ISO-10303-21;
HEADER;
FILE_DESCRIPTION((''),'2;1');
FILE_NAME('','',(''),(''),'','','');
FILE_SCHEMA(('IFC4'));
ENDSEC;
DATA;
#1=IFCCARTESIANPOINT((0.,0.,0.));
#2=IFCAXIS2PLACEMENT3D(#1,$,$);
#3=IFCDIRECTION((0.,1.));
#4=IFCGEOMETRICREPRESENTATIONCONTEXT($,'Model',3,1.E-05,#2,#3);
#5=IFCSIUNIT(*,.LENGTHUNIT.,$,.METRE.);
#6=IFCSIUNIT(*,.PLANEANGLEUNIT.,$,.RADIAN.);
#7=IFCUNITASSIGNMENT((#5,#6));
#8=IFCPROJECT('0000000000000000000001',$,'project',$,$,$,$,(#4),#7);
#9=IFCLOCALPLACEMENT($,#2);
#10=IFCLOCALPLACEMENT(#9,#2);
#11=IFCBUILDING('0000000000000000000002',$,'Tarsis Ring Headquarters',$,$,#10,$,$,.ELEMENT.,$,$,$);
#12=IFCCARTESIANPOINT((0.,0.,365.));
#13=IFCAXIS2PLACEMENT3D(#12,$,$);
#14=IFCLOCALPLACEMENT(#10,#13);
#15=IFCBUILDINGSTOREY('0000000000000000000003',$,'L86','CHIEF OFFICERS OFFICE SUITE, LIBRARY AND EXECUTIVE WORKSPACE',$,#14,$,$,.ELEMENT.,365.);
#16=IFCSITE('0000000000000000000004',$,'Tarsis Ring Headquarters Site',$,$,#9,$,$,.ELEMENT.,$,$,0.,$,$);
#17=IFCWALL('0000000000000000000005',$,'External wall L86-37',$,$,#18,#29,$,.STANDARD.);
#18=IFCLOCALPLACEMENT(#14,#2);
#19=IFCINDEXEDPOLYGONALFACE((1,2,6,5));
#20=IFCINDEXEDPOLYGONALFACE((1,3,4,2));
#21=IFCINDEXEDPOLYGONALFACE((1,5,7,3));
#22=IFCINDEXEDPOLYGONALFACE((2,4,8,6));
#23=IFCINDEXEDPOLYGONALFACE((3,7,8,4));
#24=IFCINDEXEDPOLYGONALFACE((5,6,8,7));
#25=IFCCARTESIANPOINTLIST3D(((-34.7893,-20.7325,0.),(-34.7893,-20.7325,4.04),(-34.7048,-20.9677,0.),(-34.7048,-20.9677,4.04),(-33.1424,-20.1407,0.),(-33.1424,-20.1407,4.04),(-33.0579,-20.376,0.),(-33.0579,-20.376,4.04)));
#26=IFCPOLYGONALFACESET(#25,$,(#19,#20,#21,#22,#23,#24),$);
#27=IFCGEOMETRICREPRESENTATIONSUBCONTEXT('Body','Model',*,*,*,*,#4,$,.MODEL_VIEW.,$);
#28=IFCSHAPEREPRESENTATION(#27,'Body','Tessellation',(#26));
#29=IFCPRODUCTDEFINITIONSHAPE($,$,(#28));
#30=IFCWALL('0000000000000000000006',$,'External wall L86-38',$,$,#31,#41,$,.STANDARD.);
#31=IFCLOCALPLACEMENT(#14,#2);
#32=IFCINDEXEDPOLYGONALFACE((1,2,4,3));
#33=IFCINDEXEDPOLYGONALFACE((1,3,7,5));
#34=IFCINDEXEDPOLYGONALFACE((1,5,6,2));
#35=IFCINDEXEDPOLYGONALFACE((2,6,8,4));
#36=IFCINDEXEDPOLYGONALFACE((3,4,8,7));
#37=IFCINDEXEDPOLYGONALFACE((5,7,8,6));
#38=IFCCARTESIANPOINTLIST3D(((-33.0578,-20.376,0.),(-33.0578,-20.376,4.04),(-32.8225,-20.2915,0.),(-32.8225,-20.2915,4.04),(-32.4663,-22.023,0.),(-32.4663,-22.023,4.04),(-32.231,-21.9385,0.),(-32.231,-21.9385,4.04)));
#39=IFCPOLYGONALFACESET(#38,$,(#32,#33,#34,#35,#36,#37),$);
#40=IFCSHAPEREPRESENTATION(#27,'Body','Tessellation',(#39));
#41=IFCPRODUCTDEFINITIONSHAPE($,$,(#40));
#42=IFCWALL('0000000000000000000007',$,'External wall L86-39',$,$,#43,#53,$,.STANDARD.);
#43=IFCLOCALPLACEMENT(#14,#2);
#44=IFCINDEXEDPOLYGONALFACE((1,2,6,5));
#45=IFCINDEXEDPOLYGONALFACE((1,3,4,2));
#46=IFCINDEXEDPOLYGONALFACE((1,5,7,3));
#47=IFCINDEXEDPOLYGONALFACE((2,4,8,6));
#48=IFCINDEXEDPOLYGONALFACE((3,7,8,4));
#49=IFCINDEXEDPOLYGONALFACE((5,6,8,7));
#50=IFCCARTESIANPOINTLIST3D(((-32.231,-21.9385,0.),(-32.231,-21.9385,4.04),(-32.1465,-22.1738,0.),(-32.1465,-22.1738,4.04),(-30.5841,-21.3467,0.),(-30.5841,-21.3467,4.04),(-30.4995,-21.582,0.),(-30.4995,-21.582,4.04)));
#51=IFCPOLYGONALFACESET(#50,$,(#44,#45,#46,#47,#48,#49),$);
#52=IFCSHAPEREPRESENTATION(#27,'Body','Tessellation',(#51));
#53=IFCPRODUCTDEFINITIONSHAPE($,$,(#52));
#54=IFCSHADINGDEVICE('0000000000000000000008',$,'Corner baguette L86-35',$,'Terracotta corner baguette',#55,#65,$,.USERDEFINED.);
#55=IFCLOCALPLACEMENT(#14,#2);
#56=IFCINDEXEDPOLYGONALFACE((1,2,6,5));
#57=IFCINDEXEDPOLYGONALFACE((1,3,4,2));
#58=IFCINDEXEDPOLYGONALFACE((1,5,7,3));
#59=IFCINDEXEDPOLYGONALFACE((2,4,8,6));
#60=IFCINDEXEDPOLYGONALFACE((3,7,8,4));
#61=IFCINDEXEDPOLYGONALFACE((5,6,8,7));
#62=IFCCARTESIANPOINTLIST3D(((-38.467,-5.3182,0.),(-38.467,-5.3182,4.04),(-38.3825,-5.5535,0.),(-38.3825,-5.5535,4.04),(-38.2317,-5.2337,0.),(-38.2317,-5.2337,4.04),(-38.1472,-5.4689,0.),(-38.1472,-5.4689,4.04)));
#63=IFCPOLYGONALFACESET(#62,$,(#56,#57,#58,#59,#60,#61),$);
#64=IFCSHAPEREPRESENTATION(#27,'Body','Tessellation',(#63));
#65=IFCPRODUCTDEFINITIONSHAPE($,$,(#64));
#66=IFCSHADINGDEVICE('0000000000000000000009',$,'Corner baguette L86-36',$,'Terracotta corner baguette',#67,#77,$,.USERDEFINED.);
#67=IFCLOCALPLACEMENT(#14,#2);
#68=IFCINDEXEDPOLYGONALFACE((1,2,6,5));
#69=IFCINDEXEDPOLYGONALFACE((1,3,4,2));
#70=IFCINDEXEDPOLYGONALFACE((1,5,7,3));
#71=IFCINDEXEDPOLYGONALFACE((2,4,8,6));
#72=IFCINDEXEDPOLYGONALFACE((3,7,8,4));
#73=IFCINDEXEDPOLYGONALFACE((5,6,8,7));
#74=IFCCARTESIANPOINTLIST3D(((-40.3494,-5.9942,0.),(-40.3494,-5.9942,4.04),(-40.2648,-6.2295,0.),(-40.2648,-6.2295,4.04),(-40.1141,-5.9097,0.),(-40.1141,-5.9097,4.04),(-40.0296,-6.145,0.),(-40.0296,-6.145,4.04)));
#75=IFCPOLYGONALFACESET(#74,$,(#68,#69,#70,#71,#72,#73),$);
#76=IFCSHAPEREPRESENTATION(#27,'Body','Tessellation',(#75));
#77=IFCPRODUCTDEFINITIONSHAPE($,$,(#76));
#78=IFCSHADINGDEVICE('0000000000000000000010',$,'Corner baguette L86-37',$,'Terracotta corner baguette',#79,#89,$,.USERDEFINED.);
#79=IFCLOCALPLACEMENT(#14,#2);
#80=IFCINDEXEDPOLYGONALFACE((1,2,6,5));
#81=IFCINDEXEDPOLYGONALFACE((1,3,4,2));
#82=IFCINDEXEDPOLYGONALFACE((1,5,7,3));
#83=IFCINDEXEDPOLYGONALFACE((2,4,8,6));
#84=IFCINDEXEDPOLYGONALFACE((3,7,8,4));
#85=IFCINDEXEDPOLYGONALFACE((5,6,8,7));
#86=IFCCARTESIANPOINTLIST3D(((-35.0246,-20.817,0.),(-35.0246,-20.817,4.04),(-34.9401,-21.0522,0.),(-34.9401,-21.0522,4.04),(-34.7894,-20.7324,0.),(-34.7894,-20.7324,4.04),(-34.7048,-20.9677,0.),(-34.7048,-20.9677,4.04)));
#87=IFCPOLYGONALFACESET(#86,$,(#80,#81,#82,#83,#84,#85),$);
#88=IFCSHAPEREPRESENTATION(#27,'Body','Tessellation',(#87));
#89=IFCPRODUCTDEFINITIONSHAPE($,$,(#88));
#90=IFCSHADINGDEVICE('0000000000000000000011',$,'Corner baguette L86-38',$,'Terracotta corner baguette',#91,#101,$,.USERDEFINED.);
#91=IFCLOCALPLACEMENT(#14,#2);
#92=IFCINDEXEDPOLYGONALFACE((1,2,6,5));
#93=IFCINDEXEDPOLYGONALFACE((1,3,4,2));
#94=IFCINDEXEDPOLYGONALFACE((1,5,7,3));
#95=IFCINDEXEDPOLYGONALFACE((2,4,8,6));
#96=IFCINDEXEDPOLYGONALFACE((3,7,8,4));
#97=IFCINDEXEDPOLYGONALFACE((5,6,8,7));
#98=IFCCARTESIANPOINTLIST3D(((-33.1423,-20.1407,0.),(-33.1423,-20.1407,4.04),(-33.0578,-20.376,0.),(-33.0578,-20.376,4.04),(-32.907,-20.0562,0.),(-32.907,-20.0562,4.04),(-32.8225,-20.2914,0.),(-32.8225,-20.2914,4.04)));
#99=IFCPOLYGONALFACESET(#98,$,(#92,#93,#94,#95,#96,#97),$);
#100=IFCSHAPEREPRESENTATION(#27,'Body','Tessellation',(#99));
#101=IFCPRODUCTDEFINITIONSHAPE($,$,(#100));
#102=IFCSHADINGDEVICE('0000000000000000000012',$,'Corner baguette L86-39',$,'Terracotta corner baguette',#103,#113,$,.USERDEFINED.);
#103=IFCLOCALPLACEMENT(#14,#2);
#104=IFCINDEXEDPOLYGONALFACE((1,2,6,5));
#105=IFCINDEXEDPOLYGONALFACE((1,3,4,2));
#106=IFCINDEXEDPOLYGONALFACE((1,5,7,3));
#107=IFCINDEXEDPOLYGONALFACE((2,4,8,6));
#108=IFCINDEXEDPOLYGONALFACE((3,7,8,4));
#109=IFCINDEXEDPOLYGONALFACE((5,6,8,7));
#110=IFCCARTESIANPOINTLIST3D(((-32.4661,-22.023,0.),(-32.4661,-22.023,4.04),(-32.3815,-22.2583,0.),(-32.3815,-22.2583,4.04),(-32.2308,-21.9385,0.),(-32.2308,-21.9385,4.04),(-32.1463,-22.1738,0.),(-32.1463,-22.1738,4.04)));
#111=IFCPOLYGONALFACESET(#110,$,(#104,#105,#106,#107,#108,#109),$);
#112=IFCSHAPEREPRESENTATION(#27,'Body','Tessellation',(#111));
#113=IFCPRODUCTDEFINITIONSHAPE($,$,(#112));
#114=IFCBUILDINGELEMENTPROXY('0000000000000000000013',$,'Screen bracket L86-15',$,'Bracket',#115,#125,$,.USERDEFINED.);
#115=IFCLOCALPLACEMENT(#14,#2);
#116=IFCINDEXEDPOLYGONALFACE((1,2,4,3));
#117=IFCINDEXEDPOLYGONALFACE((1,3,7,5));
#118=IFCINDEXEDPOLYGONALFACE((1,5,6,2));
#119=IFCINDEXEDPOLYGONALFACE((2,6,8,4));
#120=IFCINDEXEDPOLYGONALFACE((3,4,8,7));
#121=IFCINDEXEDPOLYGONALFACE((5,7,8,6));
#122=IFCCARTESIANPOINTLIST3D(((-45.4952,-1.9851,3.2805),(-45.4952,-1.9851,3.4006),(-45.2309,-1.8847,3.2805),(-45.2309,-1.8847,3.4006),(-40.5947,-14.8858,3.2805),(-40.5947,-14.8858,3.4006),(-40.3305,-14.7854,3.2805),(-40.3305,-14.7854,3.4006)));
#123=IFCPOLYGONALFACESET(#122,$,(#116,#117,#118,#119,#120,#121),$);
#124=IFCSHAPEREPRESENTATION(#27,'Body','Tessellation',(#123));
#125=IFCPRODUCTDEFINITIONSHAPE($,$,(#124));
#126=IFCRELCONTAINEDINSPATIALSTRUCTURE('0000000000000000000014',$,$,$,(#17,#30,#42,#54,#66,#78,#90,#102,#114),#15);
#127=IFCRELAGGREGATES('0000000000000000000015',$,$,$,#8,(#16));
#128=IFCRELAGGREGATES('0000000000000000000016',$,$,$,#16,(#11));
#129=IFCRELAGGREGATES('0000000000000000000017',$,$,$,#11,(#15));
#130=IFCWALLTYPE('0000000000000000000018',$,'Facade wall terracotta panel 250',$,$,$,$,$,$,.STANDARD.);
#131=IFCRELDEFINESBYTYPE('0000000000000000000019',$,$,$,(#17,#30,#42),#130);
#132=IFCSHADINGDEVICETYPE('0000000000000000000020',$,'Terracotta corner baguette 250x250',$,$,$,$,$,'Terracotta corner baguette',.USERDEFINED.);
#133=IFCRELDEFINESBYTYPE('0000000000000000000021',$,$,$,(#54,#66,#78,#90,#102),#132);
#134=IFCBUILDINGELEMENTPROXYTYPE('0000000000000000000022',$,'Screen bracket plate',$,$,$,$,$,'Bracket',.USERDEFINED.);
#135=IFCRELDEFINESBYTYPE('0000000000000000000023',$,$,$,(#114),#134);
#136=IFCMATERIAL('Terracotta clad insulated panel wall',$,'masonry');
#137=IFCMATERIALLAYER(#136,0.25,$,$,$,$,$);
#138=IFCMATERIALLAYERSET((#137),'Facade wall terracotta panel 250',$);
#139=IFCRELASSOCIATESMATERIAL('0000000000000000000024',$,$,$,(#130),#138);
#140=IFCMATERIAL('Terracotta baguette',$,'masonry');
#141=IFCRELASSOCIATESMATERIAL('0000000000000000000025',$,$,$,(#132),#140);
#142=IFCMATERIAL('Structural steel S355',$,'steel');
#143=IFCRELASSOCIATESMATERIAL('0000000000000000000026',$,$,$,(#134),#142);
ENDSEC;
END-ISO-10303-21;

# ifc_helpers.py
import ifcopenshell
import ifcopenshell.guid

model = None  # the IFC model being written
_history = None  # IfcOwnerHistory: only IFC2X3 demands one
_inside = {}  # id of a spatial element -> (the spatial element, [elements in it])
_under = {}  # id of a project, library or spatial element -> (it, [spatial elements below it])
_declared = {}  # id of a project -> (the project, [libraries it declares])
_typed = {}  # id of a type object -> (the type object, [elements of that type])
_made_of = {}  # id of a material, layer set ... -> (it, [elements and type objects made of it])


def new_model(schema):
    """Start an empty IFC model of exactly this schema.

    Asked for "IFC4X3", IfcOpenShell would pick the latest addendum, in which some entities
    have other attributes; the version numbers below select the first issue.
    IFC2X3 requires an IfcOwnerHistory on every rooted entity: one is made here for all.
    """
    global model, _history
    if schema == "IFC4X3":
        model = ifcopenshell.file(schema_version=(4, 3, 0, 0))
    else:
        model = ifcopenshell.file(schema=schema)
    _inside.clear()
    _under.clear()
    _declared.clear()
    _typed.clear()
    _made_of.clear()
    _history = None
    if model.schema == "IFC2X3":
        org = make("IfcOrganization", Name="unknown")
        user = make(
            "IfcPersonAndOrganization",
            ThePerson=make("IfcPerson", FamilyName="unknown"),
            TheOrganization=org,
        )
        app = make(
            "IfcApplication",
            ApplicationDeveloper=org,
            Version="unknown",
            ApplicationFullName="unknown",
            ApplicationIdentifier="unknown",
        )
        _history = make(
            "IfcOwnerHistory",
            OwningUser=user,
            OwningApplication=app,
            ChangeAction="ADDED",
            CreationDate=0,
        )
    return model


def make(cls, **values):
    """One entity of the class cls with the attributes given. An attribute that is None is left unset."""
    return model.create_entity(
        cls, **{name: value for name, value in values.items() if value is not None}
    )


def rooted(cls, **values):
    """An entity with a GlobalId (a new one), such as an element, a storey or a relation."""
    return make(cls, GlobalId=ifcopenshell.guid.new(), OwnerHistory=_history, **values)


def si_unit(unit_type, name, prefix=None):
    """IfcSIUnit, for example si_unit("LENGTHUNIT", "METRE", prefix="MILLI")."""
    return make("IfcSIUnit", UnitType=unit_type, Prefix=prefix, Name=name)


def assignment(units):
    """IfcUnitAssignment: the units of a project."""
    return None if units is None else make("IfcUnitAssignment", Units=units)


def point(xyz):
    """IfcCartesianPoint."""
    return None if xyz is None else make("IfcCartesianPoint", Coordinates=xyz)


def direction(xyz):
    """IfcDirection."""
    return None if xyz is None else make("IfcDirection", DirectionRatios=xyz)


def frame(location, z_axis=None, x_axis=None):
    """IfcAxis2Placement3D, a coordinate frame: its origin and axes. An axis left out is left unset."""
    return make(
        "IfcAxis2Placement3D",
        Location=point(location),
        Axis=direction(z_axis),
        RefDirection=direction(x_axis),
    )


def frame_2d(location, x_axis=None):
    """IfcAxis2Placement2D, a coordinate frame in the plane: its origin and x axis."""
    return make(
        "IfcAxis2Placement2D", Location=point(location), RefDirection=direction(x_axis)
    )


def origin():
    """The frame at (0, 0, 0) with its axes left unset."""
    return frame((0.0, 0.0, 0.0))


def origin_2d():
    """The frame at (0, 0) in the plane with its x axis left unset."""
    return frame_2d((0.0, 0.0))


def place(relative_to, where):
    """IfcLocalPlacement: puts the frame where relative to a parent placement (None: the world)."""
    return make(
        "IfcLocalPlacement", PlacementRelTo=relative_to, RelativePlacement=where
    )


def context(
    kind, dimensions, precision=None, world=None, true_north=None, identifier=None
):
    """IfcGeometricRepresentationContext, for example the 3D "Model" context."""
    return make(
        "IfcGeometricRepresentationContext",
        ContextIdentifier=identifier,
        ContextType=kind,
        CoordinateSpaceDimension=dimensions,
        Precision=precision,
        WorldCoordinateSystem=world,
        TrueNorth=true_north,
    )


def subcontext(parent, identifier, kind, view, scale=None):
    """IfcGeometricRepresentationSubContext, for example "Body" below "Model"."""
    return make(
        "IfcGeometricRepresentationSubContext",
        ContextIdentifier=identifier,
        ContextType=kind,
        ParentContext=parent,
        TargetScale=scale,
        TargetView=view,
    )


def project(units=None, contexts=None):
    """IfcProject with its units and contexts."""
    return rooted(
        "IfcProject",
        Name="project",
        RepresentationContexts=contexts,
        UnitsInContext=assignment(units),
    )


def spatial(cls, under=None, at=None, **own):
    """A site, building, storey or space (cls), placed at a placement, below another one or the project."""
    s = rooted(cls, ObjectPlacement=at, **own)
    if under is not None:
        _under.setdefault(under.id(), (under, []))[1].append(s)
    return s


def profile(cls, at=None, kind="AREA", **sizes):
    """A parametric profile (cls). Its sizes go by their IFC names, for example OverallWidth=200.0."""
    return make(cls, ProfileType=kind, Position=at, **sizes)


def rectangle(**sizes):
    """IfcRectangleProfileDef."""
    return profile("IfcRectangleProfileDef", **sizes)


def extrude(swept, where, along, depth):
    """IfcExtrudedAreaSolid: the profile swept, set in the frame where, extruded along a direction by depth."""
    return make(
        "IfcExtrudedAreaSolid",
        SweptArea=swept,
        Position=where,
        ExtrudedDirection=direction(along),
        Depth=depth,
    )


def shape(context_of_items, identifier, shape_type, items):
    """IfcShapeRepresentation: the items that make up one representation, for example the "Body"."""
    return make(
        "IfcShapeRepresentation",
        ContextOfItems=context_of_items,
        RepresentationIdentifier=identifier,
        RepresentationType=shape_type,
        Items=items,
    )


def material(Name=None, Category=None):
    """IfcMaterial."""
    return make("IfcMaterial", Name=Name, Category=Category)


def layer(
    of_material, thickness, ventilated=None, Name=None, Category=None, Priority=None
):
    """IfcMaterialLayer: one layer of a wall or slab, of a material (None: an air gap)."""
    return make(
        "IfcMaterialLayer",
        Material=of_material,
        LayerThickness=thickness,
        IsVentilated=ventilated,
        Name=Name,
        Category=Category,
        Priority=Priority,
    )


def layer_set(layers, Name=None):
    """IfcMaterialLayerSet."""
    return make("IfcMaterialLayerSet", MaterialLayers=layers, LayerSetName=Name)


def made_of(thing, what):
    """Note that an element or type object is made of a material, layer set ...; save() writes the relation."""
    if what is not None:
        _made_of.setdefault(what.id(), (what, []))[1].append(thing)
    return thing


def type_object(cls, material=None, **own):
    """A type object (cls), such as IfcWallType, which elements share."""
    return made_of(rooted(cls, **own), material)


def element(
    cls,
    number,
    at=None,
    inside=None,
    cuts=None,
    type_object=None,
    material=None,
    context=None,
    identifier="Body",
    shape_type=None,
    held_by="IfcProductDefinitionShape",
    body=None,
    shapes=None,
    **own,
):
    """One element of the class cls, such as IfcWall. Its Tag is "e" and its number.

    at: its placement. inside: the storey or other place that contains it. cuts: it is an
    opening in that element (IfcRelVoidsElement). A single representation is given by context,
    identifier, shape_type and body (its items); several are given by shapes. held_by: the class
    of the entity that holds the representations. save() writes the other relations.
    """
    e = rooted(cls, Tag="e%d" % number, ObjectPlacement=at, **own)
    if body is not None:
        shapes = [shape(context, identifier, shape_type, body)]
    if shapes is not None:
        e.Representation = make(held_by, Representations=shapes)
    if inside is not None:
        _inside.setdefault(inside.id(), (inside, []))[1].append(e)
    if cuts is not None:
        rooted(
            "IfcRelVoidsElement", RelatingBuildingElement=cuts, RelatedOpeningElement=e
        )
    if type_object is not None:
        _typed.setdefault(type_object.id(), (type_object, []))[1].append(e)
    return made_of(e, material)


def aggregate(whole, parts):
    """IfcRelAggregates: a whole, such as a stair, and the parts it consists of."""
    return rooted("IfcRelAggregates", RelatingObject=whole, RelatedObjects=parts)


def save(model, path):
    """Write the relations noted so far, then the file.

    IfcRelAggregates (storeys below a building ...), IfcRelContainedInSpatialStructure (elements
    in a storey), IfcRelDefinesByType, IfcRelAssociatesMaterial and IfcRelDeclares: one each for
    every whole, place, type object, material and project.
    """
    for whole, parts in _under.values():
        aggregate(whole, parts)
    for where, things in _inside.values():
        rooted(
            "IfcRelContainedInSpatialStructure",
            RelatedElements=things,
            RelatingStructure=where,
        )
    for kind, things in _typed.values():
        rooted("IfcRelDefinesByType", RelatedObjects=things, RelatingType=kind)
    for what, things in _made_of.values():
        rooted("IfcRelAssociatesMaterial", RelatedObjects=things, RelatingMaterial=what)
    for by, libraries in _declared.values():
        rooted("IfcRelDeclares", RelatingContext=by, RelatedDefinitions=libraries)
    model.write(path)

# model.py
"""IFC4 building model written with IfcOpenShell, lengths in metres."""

from ifc_helpers import new_model, si_unit, direction, frame, frame_2d, origin, origin_2d, place, context, subcontext, project, spatial, rectangle, extrude, material, layer, layer_set, type_object, element, save


model = new_model("IFC4")

# Units and contexts
model_context = context("Model", 3, precision=1e-05, world=origin(), true_north=direction((0.0, 1.0)))
body_context = subcontext(model_context, "Body", "Model", "MODEL_VIEW")
ifc_project = project(units=[si_unit("LENGTHUNIT", "METRE"), si_unit("PLANEANGLEUNIT", "RADIAN")], contexts=[model_context])

# Site, building, storey
site_placement = place(None, origin())
site = spatial("IfcSite", under=ifc_project, at=site_placement, Name="Tarsis Ring Headquarters Site", CompositionType="ELEMENT", RefElevation=0.0)
building_placement = place(site_placement, origin())
building = spatial("IfcBuilding", under=site, at=building_placement, Name="Tarsis Ring Headquarters", CompositionType="ELEMENT")
storey_placement = place(building_placement, frame((0.0, 0.0, 365.0)))
storey = spatial("IfcBuildingStorey", under=building, at=storey_placement, Name="L86", Description="CHIEF OFFICERS OFFICE SUITE, LIBRARY AND EXECUTIVE WORKSPACE", CompositionType="ELEMENT", Elevation=365.0)

# Shared definitions
ifc_material_1 = material(Name="Structural steel S355", Category="steel")

# Walls
ifc_material_2 = material(Name="Terracotta clad insulated panel wall", Category="masonry")
ifc_layer_1 = layer(ifc_material_2, 0.25)
ifc_layer_set_1 = layer_set([ifc_layer_1], Name="Facade wall terracotta panel 250")
wall_type_1 = type_object("IfcWallType", Name="Facade wall terracotta panel 250", PredefinedType="STANDARD", material=ifc_layer_set_1)
for number, where, z_axis, x_axis, name in (
    (1, (-34.7471, -20.8501, 0.0), (0.0, 0.0, 1.0), (0.94109, 0.338156, 0.0), "External wall L86-37"),
    (2, (-32.9402, -20.3337, 0.0), (0.0, 0.0, 1.0), (0.338033, -0.941134, 0.0), "External wall L86-38"),
    (3, (-32.1887, -22.0562, 0.0), (0.0, 0.0, 1.0), (0.94109, 0.338156, 0.0), "External wall L86-39"),
):
    element("IfcWall", number, at=place(storey_placement, frame(where, z_axis=z_axis, x_axis=x_axis)), inside=storey, type_object=wall_type_1, Name=name, PredefinedType="STANDARD", context=body_context, shape_type="SweptSolid", body=[
        extrude(rectangle(XDim=1.75, YDim=0.25, at=frame_2d((0.875, 0.0))), origin(), (0.0, 0.0, 1.0), 4.04),
    ])

# Shading devices
ifc_material_3 = material(Name="Terracotta baguette", Category="masonry")
shading_device_type_1 = type_object("IfcShadingDeviceType", Name="Terracotta corner baguette 250x250", ElementType="Terracotta corner baguette", PredefinedType="USERDEFINED", material=ifc_material_3)
for number, where, z_axis, x_axis, name in (
    (4, (-38.3071, -5.3936, 0.0), (0.0, 0.0, 1.0), (0.338081, -0.941117, 0.0), "Corner baguette L86-35"),
    (5, (-40.1895, -6.0696, 0.0), (0.0, 0.0, 1.0), (-0.941117, -0.338081, 0.0), "Corner baguette L86-36"),
    (6, (-34.8647, -20.8923, 0.0), (0.0, 0.0, 1.0), (0.338081, -0.941117, 0.0), "Corner baguette L86-37"),
    (7, (-32.9824, -20.2161, 0.0), (0.0, 0.0, 1.0), (0.941117, 0.338081, 0.0), "Corner baguette L86-38"),
    (8, (-32.3062, -22.0984, 0.0), (0.0, 0.0, 1.0), (0.338081, -0.941117, 0.0), "Corner baguette L86-39"),
):
    element("IfcShadingDevice", number, at=place(storey_placement, frame(where, z_axis=z_axis, x_axis=x_axis)), inside=storey, type_object=shading_device_type_1, Name=name, ObjectType="Terracotta corner baguette", PredefinedType="USERDEFINED", context=body_context, shape_type="SweptSolid", body=[
        extrude(rectangle(XDim=0.25, YDim=0.25, at=origin_2d()), origin(), (0.0, 0.0, 1.0), 4.04),
    ])

# Building element proxy
building_element_proxy_type = type_object("IfcBuildingElementProxyType", Name="Screen bracket plate", ElementType="Bracket", PredefinedType="USERDEFINED", material=ifc_material_1)
proxy_placement = place(storey_placement, frame((-42.9128, -8.3853, 3.2805), z_axis=(0.0, 0.0, 1.0), x_axis=(0.355107, -0.934826, 0.0)))
element("IfcBuildingElementProxy", 9, at=proxy_placement, inside=storey, type_object=building_element_proxy_type, Name="Screen bracket L86-15", ObjectType="Bracket", PredefinedType="USERDEFINED", context=body_context, shape_type="SweptSolid", body=[
    extrude(rectangle(XDim=13.8, YDim=0.2827, at=origin_2d()), origin(), (0.0, 0.0, 1.0), 0.1201),
])

save(model, "model.ifc")
